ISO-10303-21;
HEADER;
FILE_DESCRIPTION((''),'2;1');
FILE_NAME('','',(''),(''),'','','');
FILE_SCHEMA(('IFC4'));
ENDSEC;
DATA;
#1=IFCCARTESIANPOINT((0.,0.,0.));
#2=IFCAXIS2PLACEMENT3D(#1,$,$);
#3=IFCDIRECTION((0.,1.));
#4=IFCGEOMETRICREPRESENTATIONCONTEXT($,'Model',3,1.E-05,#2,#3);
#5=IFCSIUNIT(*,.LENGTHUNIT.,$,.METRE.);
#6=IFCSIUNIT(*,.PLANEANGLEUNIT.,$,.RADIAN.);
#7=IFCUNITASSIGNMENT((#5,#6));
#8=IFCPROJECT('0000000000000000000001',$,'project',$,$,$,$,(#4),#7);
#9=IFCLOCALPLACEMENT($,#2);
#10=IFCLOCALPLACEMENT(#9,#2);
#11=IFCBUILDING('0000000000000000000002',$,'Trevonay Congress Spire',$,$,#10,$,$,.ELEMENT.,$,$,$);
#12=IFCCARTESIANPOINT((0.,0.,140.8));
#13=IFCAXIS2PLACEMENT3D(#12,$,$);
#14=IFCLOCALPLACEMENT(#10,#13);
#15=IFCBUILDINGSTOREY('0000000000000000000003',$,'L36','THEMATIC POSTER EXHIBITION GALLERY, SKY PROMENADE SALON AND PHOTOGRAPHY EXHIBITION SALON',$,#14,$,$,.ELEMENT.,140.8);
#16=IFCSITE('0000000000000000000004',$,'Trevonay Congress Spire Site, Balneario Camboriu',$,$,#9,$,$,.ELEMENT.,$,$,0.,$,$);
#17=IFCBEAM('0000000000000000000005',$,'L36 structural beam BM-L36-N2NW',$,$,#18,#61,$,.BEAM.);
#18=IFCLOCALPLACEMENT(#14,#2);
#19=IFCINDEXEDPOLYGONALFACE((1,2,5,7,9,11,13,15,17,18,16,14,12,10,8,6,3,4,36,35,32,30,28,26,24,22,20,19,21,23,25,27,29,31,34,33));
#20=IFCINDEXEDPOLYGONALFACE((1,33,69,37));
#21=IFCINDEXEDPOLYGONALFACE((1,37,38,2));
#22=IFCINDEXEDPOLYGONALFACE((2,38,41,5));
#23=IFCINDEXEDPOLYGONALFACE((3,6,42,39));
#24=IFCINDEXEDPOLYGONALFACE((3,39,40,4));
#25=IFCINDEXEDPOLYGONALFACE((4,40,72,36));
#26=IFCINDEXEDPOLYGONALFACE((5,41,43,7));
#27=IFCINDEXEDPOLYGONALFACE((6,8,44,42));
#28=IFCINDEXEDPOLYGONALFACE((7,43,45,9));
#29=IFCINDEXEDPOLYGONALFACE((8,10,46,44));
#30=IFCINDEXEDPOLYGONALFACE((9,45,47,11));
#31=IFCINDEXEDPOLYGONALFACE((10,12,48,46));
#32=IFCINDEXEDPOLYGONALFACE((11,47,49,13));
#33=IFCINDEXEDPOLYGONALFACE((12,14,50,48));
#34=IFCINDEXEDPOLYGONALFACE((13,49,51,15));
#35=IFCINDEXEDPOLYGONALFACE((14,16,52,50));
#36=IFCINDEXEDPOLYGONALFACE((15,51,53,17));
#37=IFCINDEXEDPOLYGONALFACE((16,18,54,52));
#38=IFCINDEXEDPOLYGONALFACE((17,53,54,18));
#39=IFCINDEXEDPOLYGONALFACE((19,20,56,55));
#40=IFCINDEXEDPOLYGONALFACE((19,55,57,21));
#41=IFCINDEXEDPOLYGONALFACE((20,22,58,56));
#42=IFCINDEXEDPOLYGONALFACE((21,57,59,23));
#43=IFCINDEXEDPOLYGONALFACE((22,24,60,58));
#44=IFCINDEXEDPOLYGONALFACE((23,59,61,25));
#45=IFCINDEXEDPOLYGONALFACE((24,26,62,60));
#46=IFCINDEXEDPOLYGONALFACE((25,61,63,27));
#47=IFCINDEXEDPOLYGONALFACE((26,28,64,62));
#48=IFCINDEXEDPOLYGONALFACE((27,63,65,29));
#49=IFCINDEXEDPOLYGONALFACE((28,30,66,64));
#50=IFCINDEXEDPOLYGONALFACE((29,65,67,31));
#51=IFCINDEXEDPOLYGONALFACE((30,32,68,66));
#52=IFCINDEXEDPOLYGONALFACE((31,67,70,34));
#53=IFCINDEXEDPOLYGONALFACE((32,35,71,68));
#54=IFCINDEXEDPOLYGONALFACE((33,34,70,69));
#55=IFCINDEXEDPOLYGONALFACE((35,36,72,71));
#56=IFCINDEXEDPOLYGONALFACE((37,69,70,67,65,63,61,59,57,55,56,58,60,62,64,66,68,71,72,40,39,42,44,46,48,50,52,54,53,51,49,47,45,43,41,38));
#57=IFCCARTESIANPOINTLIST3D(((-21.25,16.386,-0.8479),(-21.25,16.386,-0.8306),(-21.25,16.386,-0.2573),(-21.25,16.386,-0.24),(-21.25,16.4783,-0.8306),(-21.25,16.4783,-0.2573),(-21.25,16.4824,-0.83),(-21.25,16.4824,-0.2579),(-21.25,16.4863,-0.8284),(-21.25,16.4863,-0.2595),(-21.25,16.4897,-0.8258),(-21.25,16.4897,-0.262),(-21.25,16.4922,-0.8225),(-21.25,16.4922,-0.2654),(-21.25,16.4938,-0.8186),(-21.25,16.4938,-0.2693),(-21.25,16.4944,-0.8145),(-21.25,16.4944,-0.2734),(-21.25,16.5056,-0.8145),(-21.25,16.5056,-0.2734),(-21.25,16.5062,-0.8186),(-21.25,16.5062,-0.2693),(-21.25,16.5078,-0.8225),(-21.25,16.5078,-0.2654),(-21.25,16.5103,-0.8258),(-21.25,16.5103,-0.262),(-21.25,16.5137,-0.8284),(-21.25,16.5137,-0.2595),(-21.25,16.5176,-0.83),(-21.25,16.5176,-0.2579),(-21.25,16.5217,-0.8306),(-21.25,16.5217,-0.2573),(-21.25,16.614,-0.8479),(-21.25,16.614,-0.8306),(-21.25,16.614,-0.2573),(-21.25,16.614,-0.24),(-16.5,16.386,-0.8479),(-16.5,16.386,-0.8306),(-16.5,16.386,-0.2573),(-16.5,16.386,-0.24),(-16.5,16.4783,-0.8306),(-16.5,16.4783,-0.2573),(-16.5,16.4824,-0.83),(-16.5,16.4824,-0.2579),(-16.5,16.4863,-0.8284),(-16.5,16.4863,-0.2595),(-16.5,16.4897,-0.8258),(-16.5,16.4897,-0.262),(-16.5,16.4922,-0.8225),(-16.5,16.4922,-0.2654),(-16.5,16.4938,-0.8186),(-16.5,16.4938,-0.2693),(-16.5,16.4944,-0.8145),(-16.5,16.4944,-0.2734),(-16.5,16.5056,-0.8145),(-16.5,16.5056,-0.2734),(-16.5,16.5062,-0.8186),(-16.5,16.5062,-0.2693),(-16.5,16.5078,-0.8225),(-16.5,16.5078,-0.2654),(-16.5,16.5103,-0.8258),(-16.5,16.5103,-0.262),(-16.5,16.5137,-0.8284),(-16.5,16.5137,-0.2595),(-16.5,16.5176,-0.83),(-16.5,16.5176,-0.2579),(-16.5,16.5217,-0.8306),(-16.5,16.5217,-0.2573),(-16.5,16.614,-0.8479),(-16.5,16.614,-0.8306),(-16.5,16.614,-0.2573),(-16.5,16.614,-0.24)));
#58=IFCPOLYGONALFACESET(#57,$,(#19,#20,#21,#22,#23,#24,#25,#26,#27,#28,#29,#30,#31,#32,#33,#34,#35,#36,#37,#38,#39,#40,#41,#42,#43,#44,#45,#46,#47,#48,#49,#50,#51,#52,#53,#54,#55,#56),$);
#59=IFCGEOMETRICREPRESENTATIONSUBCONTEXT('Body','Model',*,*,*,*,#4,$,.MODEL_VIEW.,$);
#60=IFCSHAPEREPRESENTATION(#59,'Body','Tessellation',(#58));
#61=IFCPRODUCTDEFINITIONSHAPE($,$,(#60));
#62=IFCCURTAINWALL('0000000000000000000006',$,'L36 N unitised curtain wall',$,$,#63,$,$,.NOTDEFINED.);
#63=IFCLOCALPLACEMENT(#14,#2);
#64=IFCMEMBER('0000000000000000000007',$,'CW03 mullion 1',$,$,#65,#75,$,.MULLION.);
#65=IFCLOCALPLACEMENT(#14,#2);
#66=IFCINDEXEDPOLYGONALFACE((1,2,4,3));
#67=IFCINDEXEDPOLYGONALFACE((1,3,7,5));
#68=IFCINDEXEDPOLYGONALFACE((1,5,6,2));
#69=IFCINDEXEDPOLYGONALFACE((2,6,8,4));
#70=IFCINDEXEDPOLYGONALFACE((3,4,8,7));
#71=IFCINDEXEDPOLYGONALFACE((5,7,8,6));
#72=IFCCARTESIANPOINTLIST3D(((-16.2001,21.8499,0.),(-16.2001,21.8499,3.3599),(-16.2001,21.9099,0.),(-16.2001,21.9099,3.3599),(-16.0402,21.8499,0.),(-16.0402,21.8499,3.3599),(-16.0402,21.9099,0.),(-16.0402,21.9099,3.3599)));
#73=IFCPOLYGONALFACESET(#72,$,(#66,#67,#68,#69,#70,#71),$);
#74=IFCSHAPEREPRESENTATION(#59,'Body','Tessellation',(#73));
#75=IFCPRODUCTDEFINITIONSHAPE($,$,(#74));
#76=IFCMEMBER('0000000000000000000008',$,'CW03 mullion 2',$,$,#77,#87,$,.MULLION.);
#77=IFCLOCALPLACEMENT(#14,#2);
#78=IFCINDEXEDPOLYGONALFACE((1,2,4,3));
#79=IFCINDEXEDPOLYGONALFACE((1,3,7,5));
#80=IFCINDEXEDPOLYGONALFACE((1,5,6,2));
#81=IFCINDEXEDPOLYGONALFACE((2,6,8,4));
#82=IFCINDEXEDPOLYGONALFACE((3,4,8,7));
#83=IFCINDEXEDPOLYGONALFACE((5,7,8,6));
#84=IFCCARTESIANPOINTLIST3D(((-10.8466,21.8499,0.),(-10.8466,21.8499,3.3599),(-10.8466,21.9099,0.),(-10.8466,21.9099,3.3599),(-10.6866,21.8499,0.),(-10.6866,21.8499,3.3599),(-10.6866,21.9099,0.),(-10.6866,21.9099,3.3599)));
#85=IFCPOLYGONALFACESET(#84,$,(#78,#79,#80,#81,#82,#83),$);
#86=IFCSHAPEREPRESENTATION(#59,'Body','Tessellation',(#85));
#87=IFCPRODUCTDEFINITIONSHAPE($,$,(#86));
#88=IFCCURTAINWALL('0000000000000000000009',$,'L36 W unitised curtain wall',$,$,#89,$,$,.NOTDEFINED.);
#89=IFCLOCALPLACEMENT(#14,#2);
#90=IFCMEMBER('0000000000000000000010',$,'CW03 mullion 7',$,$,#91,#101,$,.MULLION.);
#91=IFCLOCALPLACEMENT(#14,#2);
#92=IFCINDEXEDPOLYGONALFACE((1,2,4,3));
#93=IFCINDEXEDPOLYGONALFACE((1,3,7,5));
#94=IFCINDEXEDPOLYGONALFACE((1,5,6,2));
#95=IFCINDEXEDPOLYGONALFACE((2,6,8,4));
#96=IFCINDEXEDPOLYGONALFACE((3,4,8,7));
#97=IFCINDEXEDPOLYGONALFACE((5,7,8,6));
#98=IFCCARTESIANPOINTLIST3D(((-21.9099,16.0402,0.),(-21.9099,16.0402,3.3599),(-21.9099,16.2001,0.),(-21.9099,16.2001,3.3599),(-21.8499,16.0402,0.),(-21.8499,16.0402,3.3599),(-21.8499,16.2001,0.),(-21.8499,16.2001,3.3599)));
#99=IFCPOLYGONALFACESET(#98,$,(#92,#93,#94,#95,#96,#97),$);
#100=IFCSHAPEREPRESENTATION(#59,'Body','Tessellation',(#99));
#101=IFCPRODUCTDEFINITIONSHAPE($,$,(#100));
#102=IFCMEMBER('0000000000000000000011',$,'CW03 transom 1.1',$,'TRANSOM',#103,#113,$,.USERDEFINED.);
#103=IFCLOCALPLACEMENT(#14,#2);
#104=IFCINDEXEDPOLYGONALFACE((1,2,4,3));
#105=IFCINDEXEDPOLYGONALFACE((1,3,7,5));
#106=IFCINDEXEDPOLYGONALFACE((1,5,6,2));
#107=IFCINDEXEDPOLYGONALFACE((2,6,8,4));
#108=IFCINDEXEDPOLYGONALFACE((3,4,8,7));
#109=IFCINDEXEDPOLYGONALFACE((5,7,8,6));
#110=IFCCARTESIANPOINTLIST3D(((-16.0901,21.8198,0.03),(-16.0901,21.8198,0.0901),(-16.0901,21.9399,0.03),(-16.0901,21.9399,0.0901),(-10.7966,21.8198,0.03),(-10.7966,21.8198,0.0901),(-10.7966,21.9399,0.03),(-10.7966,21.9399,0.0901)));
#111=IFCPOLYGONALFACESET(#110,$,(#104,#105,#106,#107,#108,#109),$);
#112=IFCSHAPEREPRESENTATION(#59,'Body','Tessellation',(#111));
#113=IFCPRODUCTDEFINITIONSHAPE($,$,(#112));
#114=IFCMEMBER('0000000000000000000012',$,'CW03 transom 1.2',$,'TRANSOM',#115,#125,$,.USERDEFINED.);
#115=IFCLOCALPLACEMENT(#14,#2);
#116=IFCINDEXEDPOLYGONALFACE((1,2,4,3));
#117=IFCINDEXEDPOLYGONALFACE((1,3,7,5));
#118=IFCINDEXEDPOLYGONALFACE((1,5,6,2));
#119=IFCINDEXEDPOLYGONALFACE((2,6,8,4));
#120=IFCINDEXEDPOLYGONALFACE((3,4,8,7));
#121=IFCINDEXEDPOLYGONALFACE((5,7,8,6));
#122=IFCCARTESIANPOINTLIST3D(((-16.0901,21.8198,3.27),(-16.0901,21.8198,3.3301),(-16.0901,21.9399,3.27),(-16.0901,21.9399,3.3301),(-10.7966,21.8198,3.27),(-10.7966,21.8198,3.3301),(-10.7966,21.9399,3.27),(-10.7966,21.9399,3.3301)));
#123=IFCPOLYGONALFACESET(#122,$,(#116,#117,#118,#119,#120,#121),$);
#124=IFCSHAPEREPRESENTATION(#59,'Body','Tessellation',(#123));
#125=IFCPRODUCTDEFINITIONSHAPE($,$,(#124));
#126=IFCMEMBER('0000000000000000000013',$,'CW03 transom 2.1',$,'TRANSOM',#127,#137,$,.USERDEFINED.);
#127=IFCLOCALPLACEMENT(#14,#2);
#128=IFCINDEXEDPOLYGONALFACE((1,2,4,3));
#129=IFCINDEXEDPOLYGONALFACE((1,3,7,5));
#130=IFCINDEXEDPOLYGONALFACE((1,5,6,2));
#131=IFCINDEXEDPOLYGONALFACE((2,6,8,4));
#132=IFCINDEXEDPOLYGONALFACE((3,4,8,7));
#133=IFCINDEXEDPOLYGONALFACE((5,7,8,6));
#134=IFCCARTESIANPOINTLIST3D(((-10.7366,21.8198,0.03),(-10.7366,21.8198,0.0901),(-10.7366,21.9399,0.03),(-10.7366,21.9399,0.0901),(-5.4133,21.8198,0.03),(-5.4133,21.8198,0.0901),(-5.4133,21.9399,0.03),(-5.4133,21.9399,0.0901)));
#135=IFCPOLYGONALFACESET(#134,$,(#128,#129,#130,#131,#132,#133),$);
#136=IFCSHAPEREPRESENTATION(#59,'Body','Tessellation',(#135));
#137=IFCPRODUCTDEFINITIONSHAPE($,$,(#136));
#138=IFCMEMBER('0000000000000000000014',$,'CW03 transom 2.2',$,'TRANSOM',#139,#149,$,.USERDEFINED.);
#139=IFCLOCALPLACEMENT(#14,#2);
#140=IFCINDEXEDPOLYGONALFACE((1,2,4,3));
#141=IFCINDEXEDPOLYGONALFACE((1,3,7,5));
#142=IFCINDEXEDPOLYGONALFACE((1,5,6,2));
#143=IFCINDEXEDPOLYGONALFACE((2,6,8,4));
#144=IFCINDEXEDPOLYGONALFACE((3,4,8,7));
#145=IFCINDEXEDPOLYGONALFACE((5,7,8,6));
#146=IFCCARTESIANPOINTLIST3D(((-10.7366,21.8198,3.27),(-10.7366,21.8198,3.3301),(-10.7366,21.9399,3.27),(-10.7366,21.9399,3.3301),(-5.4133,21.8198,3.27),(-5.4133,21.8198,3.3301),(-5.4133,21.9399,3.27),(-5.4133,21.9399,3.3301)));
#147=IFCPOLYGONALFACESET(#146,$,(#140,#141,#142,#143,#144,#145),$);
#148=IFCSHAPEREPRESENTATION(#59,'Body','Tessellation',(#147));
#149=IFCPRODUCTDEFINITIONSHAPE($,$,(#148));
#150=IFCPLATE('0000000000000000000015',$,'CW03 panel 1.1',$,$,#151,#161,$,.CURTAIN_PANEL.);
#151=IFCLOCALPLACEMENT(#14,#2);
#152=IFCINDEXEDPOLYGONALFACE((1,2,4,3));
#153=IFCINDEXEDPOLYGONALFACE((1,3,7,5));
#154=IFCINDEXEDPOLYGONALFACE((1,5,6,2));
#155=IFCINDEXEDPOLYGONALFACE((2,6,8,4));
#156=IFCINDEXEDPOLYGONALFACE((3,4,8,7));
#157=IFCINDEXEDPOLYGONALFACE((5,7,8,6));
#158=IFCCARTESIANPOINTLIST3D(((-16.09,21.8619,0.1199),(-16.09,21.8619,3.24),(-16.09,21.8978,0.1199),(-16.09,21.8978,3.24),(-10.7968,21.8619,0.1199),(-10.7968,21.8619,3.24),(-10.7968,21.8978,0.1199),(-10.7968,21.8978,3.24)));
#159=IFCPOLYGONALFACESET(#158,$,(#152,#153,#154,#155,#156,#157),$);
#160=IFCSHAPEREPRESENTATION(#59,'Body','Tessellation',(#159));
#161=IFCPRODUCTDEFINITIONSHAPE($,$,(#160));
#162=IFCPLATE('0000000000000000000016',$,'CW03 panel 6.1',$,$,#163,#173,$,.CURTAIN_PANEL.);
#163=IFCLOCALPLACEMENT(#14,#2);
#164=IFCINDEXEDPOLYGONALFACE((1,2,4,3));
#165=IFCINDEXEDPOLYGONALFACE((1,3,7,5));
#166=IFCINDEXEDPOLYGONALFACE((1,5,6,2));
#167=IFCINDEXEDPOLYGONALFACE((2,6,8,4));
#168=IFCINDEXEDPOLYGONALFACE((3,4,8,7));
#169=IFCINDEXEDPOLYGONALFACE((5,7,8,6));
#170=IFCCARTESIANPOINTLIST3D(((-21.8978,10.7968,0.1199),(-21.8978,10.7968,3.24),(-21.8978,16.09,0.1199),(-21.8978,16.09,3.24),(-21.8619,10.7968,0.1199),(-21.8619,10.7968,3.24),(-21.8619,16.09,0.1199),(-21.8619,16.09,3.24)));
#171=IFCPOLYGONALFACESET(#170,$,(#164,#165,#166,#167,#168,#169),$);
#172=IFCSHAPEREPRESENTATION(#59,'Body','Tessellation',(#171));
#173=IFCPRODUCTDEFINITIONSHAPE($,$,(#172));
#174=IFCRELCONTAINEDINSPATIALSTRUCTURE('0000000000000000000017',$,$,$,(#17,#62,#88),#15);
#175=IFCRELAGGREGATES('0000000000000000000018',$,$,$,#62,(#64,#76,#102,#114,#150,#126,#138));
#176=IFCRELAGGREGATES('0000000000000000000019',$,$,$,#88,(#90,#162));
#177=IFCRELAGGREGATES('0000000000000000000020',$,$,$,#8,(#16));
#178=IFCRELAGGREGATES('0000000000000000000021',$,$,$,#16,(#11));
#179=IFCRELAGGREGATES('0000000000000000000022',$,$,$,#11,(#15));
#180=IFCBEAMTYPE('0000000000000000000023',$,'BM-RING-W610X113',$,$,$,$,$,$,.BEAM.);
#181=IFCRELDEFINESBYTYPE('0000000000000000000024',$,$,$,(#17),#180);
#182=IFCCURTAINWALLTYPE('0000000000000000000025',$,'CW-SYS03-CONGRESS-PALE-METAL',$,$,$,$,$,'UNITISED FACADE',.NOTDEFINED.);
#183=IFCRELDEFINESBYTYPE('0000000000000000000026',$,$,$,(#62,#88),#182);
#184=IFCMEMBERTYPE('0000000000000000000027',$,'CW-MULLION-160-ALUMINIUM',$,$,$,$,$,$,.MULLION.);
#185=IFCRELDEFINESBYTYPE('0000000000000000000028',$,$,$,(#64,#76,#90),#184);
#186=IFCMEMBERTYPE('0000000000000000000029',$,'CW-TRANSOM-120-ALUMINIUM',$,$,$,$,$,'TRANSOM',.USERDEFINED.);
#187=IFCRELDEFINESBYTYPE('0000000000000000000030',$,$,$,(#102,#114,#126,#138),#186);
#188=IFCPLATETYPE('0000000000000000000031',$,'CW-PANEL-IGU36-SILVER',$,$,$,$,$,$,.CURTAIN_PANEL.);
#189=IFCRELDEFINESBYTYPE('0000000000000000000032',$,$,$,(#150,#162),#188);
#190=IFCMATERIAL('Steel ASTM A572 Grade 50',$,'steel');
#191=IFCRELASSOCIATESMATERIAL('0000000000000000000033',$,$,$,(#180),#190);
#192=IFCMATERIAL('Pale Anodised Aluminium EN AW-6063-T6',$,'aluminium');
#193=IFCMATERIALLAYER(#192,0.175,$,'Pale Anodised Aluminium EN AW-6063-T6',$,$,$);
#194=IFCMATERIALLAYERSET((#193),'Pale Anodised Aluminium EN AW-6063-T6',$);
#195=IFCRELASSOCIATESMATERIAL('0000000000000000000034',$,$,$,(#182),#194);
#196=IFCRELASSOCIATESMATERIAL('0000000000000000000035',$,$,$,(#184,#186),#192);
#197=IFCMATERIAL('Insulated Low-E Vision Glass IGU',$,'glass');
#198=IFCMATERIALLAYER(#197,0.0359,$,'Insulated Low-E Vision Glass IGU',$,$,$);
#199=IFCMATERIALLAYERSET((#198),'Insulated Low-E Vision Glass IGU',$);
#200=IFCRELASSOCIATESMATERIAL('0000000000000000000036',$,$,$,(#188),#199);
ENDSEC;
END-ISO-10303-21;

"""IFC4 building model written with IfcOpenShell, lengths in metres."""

from ifc_helpers import new_model, si_unit, direction, frame, origin, origin_2d, place, context, subcontext, project, spatial, rectangle, i_section, extrude, material, layer, layer_set, material_profile, profile_set, type_object, element, aggregate, save


model = new_model("IFC4")

# Units and contexts
model_context = context("Model", 3, precision=1e-05, world=origin(), true_north=direction((0.0, 1.0)))
body_context = subcontext(model_context, "Body", "Model", "MODEL_VIEW")
ifc_project = project(units=[si_unit("LENGTHUNIT", "METRE"), si_unit("PLANEANGLEUNIT", "RADIAN")], contexts=[model_context])

# Site, building, storey
site_placement = place(None, origin())
site = spatial("IfcSite", under=ifc_project, at=site_placement, Name="Trevonay Congress Spire Site, Balneario Camboriu", CompositionType="ELEMENT", RefElevation=0.0)
building_placement = place(site_placement, origin())
building = spatial("IfcBuilding", under=site, at=building_placement, Name="Trevonay Congress Spire", CompositionType="ELEMENT")
storey_placement = place(building_placement, frame((0.0, 0.0, 140.8)))
storey = spatial("IfcBuildingStorey", under=building, at=storey_placement, Name="L36", Description="THEMATIC POSTER EXHIBITION GALLERY, SKY PROMENADE SALON AND PHOTOGRAPHY EXHIBITION SALON", CompositionType="ELEMENT", Elevation=140.8)

# Shared definitions
ifc_material_1 = material(Name="Steel ASTM A572 Grade 50", Category="steel")

# Beam
ifc_material_profile_1 = material_profile(ifc_material_1, i_section(OverallWidth=0.228, OverallDepth=0.6079, WebThickness=0.0112, FlangeThickness=0.0173, FilletRadius=0.0161, at=origin_2d()), Name="W610x113")
ifc_profile_set_1 = profile_set([ifc_material_profile_1], Name="Steel ASTM A572 Grade 50")
beam_type = type_object("IfcBeamType", Name="BM-RING-W610X113", PredefinedType="BEAM", material=ifc_profile_set_1)
for number, where, z_axis, x_axis, name in (
    (1, (-21.25, 16.5, -0.5439), (1.0, 0.0, 0.0), (0.0, 1.0, 0.0), "L36 structural beam BM-L36-N2NW"),
):
    element("IfcBeam", number, at=place(storey_placement, frame(where, z_axis=z_axis, x_axis=x_axis)), inside=storey, type_object=beam_type, Name=name, PredefinedType="BEAM", context=body_context, shape_type="SweptSolid", body=[
        extrude(i_section(OverallWidth=0.228, OverallDepth=0.6079, WebThickness=0.0112, FlangeThickness=0.0173, FilletRadius=0.0161, at=origin_2d()), origin(), (0.0, 0.0, 1.0), 4.75),
    ])

# Curtain wall, members
ifc_material_2 = material(Name="Pale Anodised Aluminium EN AW-6063-T6", Category="aluminium")
ifc_layer_1 = layer(ifc_material_2, 0.175, Name="Pale Anodised Aluminium EN AW-6063-T6")
ifc_layer_set_1 = layer_set([ifc_layer_1], Name="Pale Anodised Aluminium EN AW-6063-T6")
curtain_wall_type = type_object("IfcCurtainWallType", Name="CW-SYS03-CONGRESS-PALE-METAL", ElementType="UNITISED FACADE", PredefinedType="NOTDEFINED", material=ifc_layer_set_1)
curtain_wall_1_placement = place(storey_placement, origin())
curtain_wall_1 = element("IfcCurtainWall", 2, at=curtain_wall_1_placement, inside=storey, type_object=curtain_wall_type, Name="L36 N unitised curtain wall", PredefinedType="NOTDEFINED")
ifc_material_profile_2 = material_profile(ifc_material_2, rectangle(XDim=0.0601, YDim=0.1599, at=origin_2d()), Name="CW-MULLION-160-ALUMINIUM")
ifc_profile_set_2 = profile_set([ifc_material_profile_2], Name="Pale Anodised Aluminium EN AW-6063-T6")
member_type_1 = type_object("IfcMemberType", Name="CW-MULLION-160-ALUMINIUM", PredefinedType="MULLION", material=ifc_profile_set_2)
member_1_placement = place(storey_placement, frame((-16.1201, 21.8799, 0.0), z_axis=(0.0, 0.0, 1.0), x_axis=(0.0, 1.0, 0.0)))
member_1 = element("IfcMember", 3, at=member_1_placement, type_object=member_type_1, Name="CW03 mullion 1", PredefinedType="MULLION", context=body_context, shape_type="SweptSolid", body=[
    extrude(rectangle(XDim=0.0601, YDim=0.1599, at=origin_2d()), origin(), (0.0, 0.0, 1.0), 3.3599),
])
member_2_placement = place(storey_placement, frame((-10.7666, 21.8799, 0.0), z_axis=(0.0, 0.0, 1.0), x_axis=(0.0, 1.0, 0.0)))
member_2 = element("IfcMember", 4, at=member_2_placement, type_object=member_type_1, Name="CW03 mullion 2", PredefinedType="MULLION", context=body_context, shape_type="SweptSolid", body=[
    extrude(rectangle(XDim=0.0601, YDim=0.1599, at=origin_2d()), origin(), (0.0, 0.0, 1.0), 3.3599),
])

# Curtain wall, member
curtain_wall_2_placement = place(storey_placement, origin())
curtain_wall_2 = element("IfcCurtainWall", 5, at=curtain_wall_2_placement, inside=storey, type_object=curtain_wall_type, Name="L36 W unitised curtain wall", PredefinedType="NOTDEFINED")
member_3_placement = place(storey_placement, frame((-21.8799, 16.1201, 0.0), z_axis=(0.0, 0.0, 1.0), x_axis=(-1.0, 0.0, 0.0)))
member_3 = element("IfcMember", 6, at=member_3_placement, type_object=member_type_1, Name="CW03 mullion 7", PredefinedType="MULLION", context=body_context, shape_type="SweptSolid", body=[
    extrude(rectangle(XDim=0.0601, YDim=0.1599, at=origin_2d()), origin(), (0.0, 0.0, 1.0), 3.3599),
])

# Members
ifc_material_profile_3 = material_profile(ifc_material_2, rectangle(XDim=0.1201, YDim=0.0601, at=origin_2d()), Name="CW-TRANSOM-120-ALUMINIUM")
ifc_profile_set_3 = profile_set([ifc_material_profile_3], Name="Pale Anodised Aluminium EN AW-6063-T6")
member_type_2 = type_object("IfcMemberType", Name="CW-TRANSOM-120-ALUMINIUM", ElementType="TRANSOM", PredefinedType="USERDEFINED", material=ifc_profile_set_3)
member_4_placement = place(storey_placement, frame((-16.0901, 21.8799, 0.0601), z_axis=(1.0, 0.0, 0.0), x_axis=(0.0, 1.0, 0.0)))
member_4 = element("IfcMember", 7, at=member_4_placement, type_object=member_type_2, Name="CW03 transom 1.1", ObjectType="TRANSOM", PredefinedType="USERDEFINED", context=body_context, shape_type="SweptSolid", body=[
    extrude(rectangle(XDim=0.1201, YDim=0.0601, at=origin_2d()), origin(), (0.0, 0.0, 1.0), 5.2935),
])
member_5_placement = place(storey_placement, frame((-16.0901, 21.8799, 3.3), z_axis=(1.0, 0.0, 0.0), x_axis=(0.0, 1.0, 0.0)))
member_5 = element("IfcMember", 8, at=member_5_placement, type_object=member_type_2, Name="CW03 transom 1.2", ObjectType="TRANSOM", PredefinedType="USERDEFINED", context=body_context, shape_type="SweptSolid", body=[
    extrude(rectangle(XDim=0.1201, YDim=0.0601, at=origin_2d()), origin(), (0.0, 0.0, 1.0), 5.2935),
])
member_6_placement = place(storey_placement, frame((-10.7366, 21.8799, 0.0601), z_axis=(1.0, 0.0, 0.0), x_axis=(0.0, 1.0, 0.0)))
member_6 = element("IfcMember", 9, at=member_6_placement, type_object=member_type_2, Name="CW03 transom 2.1", ObjectType="TRANSOM", PredefinedType="USERDEFINED", context=body_context, shape_type="SweptSolid", body=[
    extrude(rectangle(XDim=0.1201, YDim=0.0601, at=origin_2d()), origin(), (0.0, 0.0, 1.0), 5.3232),
])
member_7_placement = place(storey_placement, frame((-10.7366, 21.8799, 3.3), z_axis=(1.0, 0.0, 0.0), x_axis=(0.0, 1.0, 0.0)))
member_7 = element("IfcMember", 10, at=member_7_placement, type_object=member_type_2, Name="CW03 transom 2.2", ObjectType="TRANSOM", PredefinedType="USERDEFINED", context=body_context, shape_type="SweptSolid", body=[
    extrude(rectangle(XDim=0.1201, YDim=0.0601, at=origin_2d()), origin(), (0.0, 0.0, 1.0), 5.3232),
])

# Plates
ifc_material_3 = material(Name="Insulated Low-E Vision Glass IGU", Category="glass")
ifc_layer_2 = layer(ifc_material_3, 0.0359, Name="Insulated Low-E Vision Glass IGU")
ifc_layer_set_2 = layer_set([ifc_layer_2], Name="Insulated Low-E Vision Glass IGU")
plate_type = type_object("IfcPlateType", Name="CW-PANEL-IGU36-SILVER", PredefinedType="CURTAIN_PANEL", material=ifc_layer_set_2)
plate_1_placement = place(storey_placement, frame((-13.4434, 21.8799, 0.1199), z_axis=(0.0, 0.0, 1.0), x_axis=(1.0, 0.0, 0.0)))
plate_1 = element("IfcPlate", 11, at=plate_1_placement, type_object=plate_type, Name="CW03 panel 1.1", PredefinedType="CURTAIN_PANEL", context=body_context, shape_type="SweptSolid", body=[
    extrude(rectangle(XDim=5.2932, YDim=0.0359, at=origin_2d()), origin(), (0.0, 0.0, 1.0), 3.1201),
])
aggregate(curtain_wall_1, [member_1, member_2, member_4, member_5, plate_1, member_6, member_7])
plate_2_placement = place(storey_placement, frame((-21.8799, 13.4434, 0.1199), z_axis=(0.0, 0.0, 1.0), x_axis=(0.0, 1.0, 0.0)))
plate_2 = element("IfcPlate", 12, at=plate_2_placement, type_object=plate_type, Name="CW03 panel 6.1", PredefinedType="CURTAIN_PANEL", context=body_context, shape_type="SweptSolid", body=[
    extrude(rectangle(XDim=5.2932, YDim=0.0359, at=origin_2d()), origin(), (0.0, 0.0, 1.0), 3.1201),
])
aggregate(curtain_wall_2, [member_3, plate_2])

save(model, "model.ifc")
